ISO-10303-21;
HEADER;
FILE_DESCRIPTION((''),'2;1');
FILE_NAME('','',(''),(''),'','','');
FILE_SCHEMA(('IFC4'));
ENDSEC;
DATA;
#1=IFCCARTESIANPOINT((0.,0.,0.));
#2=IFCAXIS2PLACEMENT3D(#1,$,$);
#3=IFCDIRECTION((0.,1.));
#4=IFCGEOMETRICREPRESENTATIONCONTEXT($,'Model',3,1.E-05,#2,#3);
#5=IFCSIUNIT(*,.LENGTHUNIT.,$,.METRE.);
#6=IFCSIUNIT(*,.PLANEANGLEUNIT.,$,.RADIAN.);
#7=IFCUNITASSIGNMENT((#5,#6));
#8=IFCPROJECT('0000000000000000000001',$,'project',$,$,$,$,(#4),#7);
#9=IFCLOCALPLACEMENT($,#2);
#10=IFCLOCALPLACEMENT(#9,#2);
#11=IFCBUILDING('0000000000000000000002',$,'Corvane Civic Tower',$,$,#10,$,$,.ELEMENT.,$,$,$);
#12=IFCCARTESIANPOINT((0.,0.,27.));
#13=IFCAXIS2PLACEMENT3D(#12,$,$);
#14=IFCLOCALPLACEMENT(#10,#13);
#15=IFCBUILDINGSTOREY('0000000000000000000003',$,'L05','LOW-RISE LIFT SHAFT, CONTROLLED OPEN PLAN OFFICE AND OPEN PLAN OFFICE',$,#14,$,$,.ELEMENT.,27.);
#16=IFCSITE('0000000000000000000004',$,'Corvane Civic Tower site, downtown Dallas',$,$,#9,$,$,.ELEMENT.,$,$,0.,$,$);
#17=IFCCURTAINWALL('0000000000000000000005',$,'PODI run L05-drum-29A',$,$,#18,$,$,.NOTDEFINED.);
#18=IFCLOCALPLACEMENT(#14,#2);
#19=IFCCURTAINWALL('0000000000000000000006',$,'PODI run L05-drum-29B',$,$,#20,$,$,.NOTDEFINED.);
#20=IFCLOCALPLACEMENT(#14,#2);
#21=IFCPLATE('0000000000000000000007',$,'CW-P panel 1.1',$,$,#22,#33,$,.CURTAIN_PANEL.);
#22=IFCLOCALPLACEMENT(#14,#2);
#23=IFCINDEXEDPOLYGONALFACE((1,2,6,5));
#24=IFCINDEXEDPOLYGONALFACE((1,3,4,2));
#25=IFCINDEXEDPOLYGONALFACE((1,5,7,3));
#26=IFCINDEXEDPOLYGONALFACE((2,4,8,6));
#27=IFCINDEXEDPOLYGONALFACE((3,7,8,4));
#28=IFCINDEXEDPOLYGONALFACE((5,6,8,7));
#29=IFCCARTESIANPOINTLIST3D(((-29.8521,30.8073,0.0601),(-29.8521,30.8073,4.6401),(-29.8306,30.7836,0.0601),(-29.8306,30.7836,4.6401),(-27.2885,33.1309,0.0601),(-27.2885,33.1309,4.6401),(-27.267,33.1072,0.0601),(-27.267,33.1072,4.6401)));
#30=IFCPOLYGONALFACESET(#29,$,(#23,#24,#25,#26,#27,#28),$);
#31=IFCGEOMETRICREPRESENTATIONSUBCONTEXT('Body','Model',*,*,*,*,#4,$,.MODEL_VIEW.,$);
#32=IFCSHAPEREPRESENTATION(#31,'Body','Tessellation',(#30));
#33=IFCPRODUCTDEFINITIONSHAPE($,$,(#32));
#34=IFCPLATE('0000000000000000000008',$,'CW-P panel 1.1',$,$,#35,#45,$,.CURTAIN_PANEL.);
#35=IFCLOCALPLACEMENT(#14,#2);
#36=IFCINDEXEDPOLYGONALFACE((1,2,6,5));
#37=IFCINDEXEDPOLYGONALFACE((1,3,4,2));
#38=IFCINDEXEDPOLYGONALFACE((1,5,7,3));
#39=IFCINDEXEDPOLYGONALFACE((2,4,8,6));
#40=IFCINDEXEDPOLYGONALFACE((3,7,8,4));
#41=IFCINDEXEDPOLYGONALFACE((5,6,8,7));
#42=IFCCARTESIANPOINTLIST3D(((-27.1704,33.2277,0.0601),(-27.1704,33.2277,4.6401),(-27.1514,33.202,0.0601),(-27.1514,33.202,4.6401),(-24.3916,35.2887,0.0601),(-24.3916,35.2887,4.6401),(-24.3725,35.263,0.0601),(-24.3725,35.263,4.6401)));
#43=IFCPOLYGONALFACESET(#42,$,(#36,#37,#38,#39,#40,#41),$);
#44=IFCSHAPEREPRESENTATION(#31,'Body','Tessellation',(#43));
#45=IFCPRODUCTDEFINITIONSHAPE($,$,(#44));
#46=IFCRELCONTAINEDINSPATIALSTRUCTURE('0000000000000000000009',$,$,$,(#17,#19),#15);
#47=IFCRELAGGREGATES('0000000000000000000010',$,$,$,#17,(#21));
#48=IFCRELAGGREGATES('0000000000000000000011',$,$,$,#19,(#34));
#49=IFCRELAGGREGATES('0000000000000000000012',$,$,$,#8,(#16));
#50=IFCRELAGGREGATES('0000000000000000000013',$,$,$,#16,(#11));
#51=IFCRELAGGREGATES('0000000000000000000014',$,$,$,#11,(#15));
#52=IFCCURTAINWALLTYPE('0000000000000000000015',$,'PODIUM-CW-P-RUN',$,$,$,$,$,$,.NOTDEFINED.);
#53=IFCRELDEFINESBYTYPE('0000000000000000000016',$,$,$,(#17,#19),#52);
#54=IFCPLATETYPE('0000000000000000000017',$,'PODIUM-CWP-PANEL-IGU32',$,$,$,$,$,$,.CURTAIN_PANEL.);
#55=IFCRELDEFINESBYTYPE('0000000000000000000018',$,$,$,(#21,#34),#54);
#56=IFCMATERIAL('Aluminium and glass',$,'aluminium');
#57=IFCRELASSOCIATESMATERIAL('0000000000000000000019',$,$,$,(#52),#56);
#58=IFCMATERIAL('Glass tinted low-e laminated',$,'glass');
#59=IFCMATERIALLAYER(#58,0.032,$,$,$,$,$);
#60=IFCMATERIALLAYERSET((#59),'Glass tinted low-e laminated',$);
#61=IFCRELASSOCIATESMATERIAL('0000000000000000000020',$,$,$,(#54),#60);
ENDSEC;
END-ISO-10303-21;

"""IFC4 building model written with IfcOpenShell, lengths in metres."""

from ifc_helpers import new_model, si_unit, direction, frame, origin, origin_2d, place, context, subcontext, project, spatial, rectangle, extrude, material, layer, layer_set, type_object, element, aggregate, save


model = new_model("IFC4")

# Units and contexts
model_context = context("Model", 3, precision=1e-05, world=origin(), true_north=direction((0.0, 1.0)))
body_context = subcontext(model_context, "Body", "Model", "MODEL_VIEW")
ifc_project = project(units=[si_unit("LENGTHUNIT", "METRE"), si_unit("PLANEANGLEUNIT", "RADIAN")], contexts=[model_context])

# Site, building, storey
site_placement = place(None, origin())
site = spatial("IfcSite", under=ifc_project, at=site_placement, Name="Corvane Civic Tower site, downtown Dallas", CompositionType="ELEMENT", RefElevation=0.0)
building_placement = place(site_placement, origin())
building = spatial("IfcBuilding", under=site, at=building_placement, Name="Corvane Civic Tower", CompositionType="ELEMENT")
storey_placement = place(building_placement, frame((0.0, 0.0, 27.0)))
storey = spatial("IfcBuildingStorey", under=building, at=storey_placement, Name="L05", Description="LOW-RISE LIFT SHAFT, CONTROLLED OPEN PLAN OFFICE AND OPEN PLAN OFFICE", CompositionType="ELEMENT", Elevation=27.0)

# Curtain walls
ifc_material_1 = material(Name="Aluminium and glass", Category="aluminium")
curtain_wall_type = type_object("IfcCurtainWallType", Name="PODIUM-CW-P-RUN", PredefinedType="NOTDEFINED", material=ifc_material_1)
curtain_wall_1_placement = place(storey_placement, origin())
curtain_wall_1 = element("IfcCurtainWall", 1, at=curtain_wall_1_placement, inside=storey, type_object=curtain_wall_type, Name="PODI run L05-drum-29A", PredefinedType="NOTDEFINED")
curtain_wall_2_placement = place(storey_placement, origin())
curtain_wall_2 = element("IfcCurtainWall", 2, at=curtain_wall_2_placement, inside=storey, type_object=curtain_wall_type, Name="PODI run L05-drum-29B", PredefinedType="NOTDEFINED")

# Plates
ifc_material_2 = material(Name="Glass tinted low-e laminated", Category="glass")
ifc_layer_1 = layer(ifc_material_2, 0.032)
ifc_layer_set_1 = layer_set([ifc_layer_1], Name="Glass tinted low-e laminated")
plate_type = type_object("IfcPlateType", Name="PODIUM-CWP-PANEL-IGU32", PredefinedType="CURTAIN_PANEL", material=ifc_layer_set_1)
plate_1_placement = place(storey_placement, frame((-28.5596, 31.9573, 0.0601), z_axis=(0.0, 0.0, 1.0), x_axis=(0.740935, 0.671576, 0.0)))
plate_1 = element("IfcPlate", 3, at=plate_1_placement, type_object=plate_type, Name="CW-P panel 1.1", PredefinedType="CURTAIN_PANEL", context=body_context, shape_type="SweptSolid", body=[
    extrude(rectangle(XDim=3.46, YDim=0.032, at=origin_2d()), origin(), (0.0, 0.0, 1.0), 4.5801),
])
aggregate(curtain_wall_1, [plate_1])
plate_2_placement = place(storey_placement, frame((-25.7715, 34.2454, 0.0601), z_axis=(0.0, 0.0, 1.0), x_axis=(0.803203, 0.595705, 0.0)))
plate_2 = element("IfcPlate", 4, at=plate_2_placement, type_object=plate_type, Name="CW-P panel 1.1", PredefinedType="CURTAIN_PANEL", context=body_context, shape_type="SweptSolid", body=[
    extrude(rectangle(XDim=3.4597, YDim=0.032, at=origin_2d()), origin(), (0.0, 0.0, 1.0), 4.5801),
])
aggregate(curtain_wall_2, [plate_2])

save(model, "model.ifc")
